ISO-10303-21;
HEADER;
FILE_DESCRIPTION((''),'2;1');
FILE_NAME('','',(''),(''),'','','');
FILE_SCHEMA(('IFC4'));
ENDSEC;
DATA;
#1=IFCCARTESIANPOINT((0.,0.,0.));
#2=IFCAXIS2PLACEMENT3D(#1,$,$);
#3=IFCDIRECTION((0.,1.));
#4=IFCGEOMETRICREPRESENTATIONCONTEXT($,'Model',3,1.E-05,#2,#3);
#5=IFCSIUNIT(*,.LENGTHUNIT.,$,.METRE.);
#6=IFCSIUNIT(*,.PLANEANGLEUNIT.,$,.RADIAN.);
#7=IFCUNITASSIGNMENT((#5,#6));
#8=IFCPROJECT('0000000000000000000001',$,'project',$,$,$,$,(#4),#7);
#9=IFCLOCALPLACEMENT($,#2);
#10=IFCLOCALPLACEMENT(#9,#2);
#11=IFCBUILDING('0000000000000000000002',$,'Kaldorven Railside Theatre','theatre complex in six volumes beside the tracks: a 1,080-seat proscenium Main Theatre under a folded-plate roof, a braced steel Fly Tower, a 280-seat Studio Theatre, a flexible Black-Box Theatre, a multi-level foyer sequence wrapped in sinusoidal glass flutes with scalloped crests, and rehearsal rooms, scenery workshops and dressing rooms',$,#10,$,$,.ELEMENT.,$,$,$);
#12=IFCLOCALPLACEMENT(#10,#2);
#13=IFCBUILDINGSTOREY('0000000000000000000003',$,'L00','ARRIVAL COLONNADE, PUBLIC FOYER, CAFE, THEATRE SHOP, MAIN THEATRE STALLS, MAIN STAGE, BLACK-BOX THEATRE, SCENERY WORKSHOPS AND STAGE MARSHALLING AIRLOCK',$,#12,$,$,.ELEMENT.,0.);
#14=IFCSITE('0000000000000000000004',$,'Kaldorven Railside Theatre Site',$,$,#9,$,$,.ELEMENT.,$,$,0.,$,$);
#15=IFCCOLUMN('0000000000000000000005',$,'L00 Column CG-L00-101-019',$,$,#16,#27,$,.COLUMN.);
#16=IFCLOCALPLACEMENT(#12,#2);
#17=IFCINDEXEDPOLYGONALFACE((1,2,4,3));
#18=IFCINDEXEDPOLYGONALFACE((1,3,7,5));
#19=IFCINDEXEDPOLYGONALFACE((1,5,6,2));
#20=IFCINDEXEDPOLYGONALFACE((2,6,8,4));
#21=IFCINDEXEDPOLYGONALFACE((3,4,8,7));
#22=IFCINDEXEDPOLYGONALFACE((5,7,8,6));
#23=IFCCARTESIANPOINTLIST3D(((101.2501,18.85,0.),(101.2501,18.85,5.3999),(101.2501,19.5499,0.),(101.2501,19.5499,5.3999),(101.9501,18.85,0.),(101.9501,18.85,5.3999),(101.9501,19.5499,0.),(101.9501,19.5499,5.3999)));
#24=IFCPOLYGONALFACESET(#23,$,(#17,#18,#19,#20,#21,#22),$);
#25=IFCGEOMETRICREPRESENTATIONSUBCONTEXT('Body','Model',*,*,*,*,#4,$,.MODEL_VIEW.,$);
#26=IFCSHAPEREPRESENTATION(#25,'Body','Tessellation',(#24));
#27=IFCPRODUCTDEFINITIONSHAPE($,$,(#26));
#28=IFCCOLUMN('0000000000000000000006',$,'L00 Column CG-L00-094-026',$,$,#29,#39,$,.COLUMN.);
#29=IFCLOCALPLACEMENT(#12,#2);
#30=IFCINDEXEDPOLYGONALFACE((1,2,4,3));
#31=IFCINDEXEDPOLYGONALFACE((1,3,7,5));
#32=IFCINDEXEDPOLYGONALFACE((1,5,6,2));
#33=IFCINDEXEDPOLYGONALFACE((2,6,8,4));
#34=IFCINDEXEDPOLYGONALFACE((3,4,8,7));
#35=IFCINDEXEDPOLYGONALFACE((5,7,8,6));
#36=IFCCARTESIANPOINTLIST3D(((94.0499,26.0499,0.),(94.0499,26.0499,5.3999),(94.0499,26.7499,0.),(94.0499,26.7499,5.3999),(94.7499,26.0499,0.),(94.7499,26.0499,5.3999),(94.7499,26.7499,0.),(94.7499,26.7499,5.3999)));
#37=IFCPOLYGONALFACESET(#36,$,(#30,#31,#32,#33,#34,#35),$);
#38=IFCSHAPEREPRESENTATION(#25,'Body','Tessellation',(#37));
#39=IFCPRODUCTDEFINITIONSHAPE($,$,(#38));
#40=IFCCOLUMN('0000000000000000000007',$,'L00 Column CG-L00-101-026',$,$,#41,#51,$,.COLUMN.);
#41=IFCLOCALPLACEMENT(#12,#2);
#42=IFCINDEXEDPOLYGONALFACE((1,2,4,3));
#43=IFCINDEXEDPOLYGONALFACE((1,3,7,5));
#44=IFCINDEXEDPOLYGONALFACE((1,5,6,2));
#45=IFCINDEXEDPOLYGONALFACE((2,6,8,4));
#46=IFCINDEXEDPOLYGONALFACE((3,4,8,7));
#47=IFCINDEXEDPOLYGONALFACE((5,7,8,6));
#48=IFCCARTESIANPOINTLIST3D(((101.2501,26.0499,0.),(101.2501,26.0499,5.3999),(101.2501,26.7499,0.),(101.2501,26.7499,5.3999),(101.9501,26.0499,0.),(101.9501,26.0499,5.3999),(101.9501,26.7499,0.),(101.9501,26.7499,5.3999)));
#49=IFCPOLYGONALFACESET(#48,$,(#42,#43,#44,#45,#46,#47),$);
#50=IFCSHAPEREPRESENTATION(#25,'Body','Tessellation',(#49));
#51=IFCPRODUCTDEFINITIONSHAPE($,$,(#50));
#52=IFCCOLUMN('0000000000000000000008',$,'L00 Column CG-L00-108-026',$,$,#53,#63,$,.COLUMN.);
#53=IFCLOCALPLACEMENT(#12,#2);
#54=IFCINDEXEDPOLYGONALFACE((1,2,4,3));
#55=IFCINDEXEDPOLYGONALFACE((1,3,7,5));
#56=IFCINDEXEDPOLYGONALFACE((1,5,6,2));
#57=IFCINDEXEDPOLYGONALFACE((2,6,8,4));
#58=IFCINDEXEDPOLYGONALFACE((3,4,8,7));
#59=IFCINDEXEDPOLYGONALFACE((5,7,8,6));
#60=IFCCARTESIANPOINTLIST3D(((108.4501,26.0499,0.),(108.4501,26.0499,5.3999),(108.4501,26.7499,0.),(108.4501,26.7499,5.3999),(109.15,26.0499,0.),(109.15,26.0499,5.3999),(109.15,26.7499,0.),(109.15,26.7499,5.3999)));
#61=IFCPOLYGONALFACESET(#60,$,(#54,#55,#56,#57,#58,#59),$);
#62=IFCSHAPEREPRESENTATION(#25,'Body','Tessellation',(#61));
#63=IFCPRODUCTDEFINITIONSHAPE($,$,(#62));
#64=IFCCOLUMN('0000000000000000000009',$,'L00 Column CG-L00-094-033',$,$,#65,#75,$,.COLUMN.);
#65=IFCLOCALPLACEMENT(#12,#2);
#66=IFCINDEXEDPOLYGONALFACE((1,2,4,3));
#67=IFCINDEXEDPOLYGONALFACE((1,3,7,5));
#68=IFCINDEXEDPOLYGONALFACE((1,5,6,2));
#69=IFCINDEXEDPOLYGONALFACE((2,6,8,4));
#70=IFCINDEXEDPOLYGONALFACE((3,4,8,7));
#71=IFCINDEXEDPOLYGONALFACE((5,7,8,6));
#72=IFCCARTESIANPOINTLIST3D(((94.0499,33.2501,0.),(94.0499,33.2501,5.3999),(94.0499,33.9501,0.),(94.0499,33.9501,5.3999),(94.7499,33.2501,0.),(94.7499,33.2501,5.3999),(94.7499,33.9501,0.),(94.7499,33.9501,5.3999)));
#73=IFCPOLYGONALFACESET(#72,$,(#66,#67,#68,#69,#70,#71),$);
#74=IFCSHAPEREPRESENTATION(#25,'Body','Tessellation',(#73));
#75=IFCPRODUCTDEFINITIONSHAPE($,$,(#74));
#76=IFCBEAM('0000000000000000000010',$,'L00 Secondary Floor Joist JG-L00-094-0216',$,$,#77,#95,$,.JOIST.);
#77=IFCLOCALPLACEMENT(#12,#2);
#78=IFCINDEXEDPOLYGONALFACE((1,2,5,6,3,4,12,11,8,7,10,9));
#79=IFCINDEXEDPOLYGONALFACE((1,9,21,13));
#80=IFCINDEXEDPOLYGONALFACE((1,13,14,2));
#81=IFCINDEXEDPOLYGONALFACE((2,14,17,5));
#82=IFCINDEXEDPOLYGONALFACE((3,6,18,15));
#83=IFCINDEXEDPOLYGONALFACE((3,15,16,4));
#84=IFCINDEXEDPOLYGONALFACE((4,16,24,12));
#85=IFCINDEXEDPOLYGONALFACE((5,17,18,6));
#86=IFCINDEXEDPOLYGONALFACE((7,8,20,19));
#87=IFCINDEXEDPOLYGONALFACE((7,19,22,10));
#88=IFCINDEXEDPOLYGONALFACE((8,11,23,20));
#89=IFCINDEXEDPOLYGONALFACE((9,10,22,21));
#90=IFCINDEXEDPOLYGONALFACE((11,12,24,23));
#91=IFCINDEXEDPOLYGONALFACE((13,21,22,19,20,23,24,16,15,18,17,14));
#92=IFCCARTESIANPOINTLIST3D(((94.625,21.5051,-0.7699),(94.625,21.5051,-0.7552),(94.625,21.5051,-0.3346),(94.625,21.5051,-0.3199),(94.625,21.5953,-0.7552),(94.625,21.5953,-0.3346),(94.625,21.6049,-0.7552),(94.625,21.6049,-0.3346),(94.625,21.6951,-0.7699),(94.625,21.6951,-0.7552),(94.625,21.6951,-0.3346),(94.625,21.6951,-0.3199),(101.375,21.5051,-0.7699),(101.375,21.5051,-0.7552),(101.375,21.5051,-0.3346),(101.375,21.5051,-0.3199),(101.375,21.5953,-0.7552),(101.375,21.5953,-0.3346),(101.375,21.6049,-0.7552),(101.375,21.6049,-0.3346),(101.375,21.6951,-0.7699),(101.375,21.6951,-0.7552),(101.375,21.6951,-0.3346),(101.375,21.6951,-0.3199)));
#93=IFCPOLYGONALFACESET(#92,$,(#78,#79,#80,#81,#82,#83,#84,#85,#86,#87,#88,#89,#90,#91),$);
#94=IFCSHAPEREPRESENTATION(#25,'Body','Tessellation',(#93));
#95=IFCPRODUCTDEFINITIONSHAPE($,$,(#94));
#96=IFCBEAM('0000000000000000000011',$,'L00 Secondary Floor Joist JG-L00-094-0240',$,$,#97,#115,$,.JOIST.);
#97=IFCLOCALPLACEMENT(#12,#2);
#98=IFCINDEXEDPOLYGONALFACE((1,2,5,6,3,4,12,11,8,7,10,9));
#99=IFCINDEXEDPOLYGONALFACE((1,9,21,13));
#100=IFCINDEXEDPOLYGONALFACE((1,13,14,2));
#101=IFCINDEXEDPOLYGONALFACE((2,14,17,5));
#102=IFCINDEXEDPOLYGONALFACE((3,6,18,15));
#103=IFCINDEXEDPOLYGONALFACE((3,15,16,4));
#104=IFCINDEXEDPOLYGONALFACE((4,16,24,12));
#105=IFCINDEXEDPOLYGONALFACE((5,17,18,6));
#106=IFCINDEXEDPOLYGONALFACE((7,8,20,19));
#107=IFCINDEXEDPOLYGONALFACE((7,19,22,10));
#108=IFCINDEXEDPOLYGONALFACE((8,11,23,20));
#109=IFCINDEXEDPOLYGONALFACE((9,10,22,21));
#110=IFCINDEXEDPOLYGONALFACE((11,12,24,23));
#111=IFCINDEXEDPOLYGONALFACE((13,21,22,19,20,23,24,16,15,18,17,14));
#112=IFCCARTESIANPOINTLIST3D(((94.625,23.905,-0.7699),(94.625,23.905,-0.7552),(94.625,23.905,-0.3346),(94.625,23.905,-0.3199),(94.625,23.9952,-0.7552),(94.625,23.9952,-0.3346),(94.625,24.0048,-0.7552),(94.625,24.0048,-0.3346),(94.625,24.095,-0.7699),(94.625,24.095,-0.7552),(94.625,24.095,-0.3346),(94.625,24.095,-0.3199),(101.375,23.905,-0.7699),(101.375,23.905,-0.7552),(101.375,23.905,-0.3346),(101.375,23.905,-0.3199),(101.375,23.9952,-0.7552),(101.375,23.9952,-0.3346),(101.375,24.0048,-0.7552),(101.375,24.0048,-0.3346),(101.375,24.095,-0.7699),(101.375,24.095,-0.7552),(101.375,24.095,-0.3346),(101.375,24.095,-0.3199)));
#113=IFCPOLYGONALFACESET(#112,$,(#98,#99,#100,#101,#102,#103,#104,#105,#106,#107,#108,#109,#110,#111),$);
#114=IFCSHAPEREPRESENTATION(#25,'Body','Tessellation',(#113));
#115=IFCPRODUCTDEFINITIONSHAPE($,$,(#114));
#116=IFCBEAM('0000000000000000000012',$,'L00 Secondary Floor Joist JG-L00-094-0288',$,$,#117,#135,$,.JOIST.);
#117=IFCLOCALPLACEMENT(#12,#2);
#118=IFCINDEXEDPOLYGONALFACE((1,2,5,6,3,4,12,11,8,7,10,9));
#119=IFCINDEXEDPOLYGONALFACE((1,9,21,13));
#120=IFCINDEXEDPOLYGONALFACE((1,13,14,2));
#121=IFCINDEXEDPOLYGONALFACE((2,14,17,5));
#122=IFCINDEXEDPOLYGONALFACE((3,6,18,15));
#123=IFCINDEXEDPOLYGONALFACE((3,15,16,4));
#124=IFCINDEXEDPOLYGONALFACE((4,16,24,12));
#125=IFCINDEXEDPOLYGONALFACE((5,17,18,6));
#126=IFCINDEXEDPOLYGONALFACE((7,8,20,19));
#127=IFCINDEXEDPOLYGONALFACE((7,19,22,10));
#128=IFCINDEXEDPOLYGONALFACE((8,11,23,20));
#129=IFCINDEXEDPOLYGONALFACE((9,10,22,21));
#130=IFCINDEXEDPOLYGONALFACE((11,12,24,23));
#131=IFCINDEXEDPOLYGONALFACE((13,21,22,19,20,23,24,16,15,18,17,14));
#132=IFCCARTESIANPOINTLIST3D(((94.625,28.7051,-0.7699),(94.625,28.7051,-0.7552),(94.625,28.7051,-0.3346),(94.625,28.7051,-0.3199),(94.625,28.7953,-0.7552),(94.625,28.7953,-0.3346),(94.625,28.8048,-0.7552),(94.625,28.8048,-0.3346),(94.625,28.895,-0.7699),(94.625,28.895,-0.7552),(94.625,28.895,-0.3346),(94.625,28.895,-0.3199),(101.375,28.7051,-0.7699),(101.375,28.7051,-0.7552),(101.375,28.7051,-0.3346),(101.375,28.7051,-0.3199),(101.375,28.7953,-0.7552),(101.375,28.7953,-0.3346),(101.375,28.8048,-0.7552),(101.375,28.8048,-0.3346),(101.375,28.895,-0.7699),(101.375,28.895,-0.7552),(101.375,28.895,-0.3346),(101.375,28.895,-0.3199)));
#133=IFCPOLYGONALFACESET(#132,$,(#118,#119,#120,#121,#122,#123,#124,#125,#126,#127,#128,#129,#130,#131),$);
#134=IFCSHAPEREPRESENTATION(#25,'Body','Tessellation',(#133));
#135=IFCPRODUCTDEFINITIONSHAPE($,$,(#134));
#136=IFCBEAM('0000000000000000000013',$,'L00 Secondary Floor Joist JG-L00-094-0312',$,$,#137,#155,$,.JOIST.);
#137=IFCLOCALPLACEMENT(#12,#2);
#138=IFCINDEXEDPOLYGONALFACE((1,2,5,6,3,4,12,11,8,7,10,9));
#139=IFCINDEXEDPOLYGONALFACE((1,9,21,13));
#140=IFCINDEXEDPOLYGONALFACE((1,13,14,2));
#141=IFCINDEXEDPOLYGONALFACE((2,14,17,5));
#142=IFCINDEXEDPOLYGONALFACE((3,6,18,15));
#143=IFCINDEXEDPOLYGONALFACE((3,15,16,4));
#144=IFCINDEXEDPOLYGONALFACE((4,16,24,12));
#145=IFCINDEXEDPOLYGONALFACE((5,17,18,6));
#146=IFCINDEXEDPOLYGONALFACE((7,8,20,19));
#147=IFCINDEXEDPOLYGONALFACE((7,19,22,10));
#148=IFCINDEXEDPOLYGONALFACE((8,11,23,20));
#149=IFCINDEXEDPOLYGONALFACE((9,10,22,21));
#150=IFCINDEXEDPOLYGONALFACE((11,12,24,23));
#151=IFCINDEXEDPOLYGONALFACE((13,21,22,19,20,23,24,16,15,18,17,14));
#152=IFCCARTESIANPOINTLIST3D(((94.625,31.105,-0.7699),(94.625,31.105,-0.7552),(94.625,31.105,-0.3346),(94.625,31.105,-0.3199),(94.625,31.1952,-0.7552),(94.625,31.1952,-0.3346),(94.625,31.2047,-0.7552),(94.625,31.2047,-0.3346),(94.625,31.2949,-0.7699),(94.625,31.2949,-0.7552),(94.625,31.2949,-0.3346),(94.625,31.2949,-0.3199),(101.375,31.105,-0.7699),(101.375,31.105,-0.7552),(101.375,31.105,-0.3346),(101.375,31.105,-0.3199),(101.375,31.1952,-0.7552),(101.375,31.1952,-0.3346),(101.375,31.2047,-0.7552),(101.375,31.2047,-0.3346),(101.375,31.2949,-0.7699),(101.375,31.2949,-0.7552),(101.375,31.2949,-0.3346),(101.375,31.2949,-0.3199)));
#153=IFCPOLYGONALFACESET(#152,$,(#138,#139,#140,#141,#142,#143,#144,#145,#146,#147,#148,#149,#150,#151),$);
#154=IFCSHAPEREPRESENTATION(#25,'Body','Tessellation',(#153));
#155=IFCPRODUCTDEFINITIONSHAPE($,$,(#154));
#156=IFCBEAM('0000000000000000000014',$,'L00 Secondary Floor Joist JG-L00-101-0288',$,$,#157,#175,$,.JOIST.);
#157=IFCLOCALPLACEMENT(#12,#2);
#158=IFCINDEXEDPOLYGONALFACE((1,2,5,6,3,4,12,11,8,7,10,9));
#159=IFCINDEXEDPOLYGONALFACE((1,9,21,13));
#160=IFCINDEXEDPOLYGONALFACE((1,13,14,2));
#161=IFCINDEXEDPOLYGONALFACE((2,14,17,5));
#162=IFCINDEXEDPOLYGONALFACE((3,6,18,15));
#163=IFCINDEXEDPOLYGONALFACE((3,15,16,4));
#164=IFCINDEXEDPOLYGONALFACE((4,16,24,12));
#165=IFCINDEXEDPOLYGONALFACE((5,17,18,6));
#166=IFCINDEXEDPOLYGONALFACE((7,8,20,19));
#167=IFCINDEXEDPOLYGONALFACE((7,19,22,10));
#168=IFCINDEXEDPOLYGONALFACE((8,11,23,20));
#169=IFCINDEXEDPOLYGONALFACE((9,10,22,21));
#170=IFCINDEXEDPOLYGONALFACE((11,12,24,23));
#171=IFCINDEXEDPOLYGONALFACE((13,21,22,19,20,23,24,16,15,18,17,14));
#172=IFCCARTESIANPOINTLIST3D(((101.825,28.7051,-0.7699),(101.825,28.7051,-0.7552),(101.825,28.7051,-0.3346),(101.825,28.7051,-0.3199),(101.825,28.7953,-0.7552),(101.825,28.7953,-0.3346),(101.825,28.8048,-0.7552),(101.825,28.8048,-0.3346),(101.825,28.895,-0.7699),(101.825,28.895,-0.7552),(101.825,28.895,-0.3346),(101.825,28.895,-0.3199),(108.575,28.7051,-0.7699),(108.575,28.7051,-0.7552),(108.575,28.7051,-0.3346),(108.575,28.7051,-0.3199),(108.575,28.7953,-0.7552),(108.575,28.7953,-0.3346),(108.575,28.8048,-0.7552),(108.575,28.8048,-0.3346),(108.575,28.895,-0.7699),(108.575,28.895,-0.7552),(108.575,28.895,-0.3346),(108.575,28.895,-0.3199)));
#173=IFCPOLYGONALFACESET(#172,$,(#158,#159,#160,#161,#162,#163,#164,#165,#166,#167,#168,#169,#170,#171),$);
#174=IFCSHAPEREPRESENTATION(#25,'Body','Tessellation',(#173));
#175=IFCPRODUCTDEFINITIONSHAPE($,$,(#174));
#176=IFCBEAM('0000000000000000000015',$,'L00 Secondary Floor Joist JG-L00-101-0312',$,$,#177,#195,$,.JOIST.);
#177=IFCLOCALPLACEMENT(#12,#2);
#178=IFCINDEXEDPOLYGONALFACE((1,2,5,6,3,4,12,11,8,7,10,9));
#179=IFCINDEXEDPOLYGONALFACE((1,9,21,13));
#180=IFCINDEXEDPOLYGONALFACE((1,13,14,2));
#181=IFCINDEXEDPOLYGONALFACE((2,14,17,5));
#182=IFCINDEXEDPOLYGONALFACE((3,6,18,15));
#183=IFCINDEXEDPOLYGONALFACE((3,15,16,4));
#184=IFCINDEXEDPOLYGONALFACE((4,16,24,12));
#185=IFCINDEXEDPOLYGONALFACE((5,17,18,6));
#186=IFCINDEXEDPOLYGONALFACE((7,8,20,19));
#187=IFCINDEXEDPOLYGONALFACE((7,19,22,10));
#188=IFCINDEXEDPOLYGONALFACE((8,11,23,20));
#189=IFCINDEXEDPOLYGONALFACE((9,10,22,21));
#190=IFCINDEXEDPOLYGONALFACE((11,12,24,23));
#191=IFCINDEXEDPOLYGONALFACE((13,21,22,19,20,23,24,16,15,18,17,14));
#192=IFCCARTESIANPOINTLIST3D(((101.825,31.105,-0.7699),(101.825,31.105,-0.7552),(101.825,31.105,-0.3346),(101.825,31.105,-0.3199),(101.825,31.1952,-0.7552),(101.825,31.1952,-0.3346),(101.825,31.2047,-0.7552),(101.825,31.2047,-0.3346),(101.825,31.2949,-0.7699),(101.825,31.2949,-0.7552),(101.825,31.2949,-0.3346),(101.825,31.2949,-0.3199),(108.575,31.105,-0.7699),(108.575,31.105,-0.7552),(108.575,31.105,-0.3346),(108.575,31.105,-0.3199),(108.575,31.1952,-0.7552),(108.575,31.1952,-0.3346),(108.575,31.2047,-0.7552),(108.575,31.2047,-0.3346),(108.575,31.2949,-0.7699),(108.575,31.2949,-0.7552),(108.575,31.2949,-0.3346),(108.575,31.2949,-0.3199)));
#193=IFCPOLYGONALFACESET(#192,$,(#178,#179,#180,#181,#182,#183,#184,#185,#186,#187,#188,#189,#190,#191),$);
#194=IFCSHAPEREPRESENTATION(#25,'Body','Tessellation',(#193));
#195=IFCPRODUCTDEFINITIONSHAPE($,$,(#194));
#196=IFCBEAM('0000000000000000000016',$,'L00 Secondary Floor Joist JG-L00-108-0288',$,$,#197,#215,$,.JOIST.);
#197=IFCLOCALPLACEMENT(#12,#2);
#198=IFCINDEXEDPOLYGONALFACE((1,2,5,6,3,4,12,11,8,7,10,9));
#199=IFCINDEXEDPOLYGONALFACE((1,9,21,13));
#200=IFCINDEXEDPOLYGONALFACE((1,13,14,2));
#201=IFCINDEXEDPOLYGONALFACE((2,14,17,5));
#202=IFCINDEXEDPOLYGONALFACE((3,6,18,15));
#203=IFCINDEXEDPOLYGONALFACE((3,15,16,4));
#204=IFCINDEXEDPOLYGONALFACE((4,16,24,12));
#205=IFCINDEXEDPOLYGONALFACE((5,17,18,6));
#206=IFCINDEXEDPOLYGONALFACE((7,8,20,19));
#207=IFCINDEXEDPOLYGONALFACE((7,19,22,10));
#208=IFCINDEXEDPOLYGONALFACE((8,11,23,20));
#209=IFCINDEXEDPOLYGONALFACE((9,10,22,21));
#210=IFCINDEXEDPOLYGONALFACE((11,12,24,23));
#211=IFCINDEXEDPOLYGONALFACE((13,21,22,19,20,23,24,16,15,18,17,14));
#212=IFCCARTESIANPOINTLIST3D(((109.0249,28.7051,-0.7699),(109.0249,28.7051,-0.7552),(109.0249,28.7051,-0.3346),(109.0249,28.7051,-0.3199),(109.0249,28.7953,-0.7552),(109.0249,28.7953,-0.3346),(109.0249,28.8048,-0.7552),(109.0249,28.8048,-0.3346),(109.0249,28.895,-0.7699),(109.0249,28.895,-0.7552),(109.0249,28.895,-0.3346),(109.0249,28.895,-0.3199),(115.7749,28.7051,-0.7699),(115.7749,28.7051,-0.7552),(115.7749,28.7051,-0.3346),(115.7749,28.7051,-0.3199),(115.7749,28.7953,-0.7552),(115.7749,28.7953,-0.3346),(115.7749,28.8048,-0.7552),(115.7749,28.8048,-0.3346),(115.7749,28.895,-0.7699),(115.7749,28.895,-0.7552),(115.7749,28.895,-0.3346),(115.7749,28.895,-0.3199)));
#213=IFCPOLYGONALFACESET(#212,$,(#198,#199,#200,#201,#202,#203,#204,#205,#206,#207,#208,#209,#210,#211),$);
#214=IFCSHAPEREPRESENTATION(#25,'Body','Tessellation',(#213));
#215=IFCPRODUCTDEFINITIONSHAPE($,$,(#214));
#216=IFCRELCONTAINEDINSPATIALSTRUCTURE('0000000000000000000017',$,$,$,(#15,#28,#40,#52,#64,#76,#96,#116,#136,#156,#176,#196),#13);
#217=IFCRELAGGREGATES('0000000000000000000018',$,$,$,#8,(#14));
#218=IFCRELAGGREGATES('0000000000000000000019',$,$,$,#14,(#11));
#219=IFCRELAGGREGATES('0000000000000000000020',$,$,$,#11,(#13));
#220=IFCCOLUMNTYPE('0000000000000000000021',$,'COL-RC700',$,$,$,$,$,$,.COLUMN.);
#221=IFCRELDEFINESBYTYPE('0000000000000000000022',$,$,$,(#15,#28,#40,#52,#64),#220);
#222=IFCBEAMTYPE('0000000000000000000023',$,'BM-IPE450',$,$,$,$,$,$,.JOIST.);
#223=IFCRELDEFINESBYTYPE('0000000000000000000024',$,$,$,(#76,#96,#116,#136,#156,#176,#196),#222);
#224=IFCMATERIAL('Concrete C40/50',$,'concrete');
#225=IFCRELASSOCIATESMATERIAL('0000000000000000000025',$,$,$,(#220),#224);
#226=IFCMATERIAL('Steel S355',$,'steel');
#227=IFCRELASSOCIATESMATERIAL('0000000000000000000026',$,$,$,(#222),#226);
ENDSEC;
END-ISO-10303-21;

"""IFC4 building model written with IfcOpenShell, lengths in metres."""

from ifc_helpers import new_model, si_unit, direction, frame, origin, origin_2d, place, context, subcontext, project, spatial, rectangle, i_section, extrude, material, material_profile, profile_set, type_object, element, save


model = new_model("IFC4")

# Units and contexts
model_context = context("Model", 3, precision=1e-05, world=origin(), true_north=direction((0.0, 1.0)))
body_context = subcontext(model_context, "Body", "Model", "MODEL_VIEW")
ifc_project = project(units=[si_unit("LENGTHUNIT", "METRE"), si_unit("PLANEANGLEUNIT", "RADIAN")], contexts=[model_context])

# Site, building, storey
site_placement = place(None, origin())
site = spatial("IfcSite", under=ifc_project, at=site_placement, Name="Kaldorven Railside Theatre Site", CompositionType="ELEMENT", RefElevation=0.0)
building_placement = place(site_placement, origin())
building = spatial("IfcBuilding", under=site, at=building_placement, Name="Kaldorven Railside Theatre", Description="theatre complex in six volumes beside the tracks: a 1,080-seat proscenium Main Theatre under a folded-plate roof, a braced steel Fly Tower, a 280-seat Studio Theatre, a flexible Black-Box Theatre, a multi-level foyer sequence wrapped in sinusoidal glass flutes with scalloped crests, and rehearsal rooms, scenery workshops and dressing rooms", CompositionType="ELEMENT")
storey_placement = place(building_placement, origin())
storey = spatial("IfcBuildingStorey", under=building, at=storey_placement, Name="L00", Description="ARRIVAL COLONNADE, PUBLIC FOYER, CAFE, THEATRE SHOP, MAIN THEATRE STALLS, MAIN STAGE, BLACK-BOX THEATRE, SCENERY WORKSHOPS AND STAGE MARSHALLING AIRLOCK", CompositionType="ELEMENT", Elevation=0.0)

# Columns
ifc_material_1 = material(Name="Concrete C40/50", Category="concrete")
ifc_material_profile_1 = material_profile(ifc_material_1, rectangle(XDim=0.7, YDim=0.7, at=origin_2d()), Name="RC 700x700")
ifc_profile_set_1 = profile_set([ifc_material_profile_1], Name="Concrete C40/50")
column_type = type_object("IfcColumnType", Name="COL-RC700", PredefinedType="COLUMN", material=ifc_profile_set_1)
for number, where, z_axis, x_axis, name in (
    (1, (101.6001, 19.2, 0.0), (0.0, 0.0, 1.0), (1.0, 0.0, 0.0), "L00 Column CG-L00-101-019"),
    (2, (94.3999, 26.3999, 0.0), (0.0, 0.0, 1.0), (1.0, 0.0, 0.0), "L00 Column CG-L00-094-026"),
    (3, (101.6001, 26.3999, 0.0), (0.0, 0.0, 1.0), (1.0, 0.0, 0.0), "L00 Column CG-L00-101-026"),
    (4, (108.8, 26.3999, 0.0), (0.0, 0.0, 1.0), (0.0, 1.0, 0.0), "L00 Column CG-L00-108-026"),
    (5, (94.3999, 33.6001, 0.0), (0.0, 0.0, 1.0), (1.0, 0.0, 0.0), "L00 Column CG-L00-094-033"),
):
    element("IfcColumn", number, at=place(storey_placement, frame(where, z_axis=z_axis, x_axis=x_axis)), inside=storey, type_object=column_type, Name=name, PredefinedType="COLUMN", context=body_context, shape_type="SweptSolid", body=[
        extrude(rectangle(XDim=0.7, YDim=0.7, at=origin_2d()), origin(), (0.0, 0.0, 1.0), 5.3999),
    ])

# Beams
ifc_material_2 = material(Name="Steel S355", Category="steel")
ifc_material_profile_2 = material_profile(ifc_material_2, i_section(OverallWidth=0.1899, OverallDepth=0.45, WebThickness=0.0095, FlangeThickness=0.0146, at=origin_2d()), Name="IPE 450")
ifc_profile_set_2 = profile_set([ifc_material_profile_2], Name="Steel S355")
beam_type_1 = type_object("IfcBeamType", Name="BM-IPE450", PredefinedType="JOIST", material=ifc_profile_set_2)
for number, where, z_axis, x_axis, name in (
    (6, (94.625, 21.6001, -0.5449), (1.0, 0.0, 0.0), (0.0, 1.0, 0.0), "L00 Secondary Floor Joist JG-L00-094-0216"),
    (7, (94.625, 24.0, -0.5449), (1.0, 0.0, 0.0), (0.0, 1.0, 0.0), "L00 Secondary Floor Joist JG-L00-094-0240"),
    (8, (94.625, 28.8, -0.5449), (1.0, 0.0, 0.0), (0.0, 1.0, 0.0), "L00 Secondary Floor Joist JG-L00-094-0288"),
    (9, (94.625, 31.2, -0.5449), (1.0, 0.0, 0.0), (0.0, 1.0, 0.0), "L00 Secondary Floor Joist JG-L00-094-0312"),
    (10, (101.825, 28.8, -0.5449), (1.0, 0.0, 0.0), (0.0, 1.0, 0.0), "L00 Secondary Floor Joist JG-L00-101-0288"),
    (11, (101.825, 31.2, -0.5449), (1.0, 0.0, 0.0), (0.0, 1.0, 0.0), "L00 Secondary Floor Joist JG-L00-101-0312"),
    (12, (109.0249, 28.8, -0.5449), (1.0, 0.0, 0.0), (0.0, 1.0, 0.0), "L00 Secondary Floor Joist JG-L00-108-0288"),
):
    element("IfcBeam", number, at=place(storey_placement, frame(where, z_axis=z_axis, x_axis=x_axis)), inside=storey, type_object=beam_type_1, Name=name, PredefinedType="JOIST", context=body_context, shape_type="SweptSolid", body=[
        extrude(i_section(OverallWidth=0.1899, OverallDepth=0.45, WebThickness=0.0095, FlangeThickness=0.0146, at=origin_2d()), origin(), (0.0, 0.0, 1.0), 6.75),
    ])

save(model, "model.ifc")
